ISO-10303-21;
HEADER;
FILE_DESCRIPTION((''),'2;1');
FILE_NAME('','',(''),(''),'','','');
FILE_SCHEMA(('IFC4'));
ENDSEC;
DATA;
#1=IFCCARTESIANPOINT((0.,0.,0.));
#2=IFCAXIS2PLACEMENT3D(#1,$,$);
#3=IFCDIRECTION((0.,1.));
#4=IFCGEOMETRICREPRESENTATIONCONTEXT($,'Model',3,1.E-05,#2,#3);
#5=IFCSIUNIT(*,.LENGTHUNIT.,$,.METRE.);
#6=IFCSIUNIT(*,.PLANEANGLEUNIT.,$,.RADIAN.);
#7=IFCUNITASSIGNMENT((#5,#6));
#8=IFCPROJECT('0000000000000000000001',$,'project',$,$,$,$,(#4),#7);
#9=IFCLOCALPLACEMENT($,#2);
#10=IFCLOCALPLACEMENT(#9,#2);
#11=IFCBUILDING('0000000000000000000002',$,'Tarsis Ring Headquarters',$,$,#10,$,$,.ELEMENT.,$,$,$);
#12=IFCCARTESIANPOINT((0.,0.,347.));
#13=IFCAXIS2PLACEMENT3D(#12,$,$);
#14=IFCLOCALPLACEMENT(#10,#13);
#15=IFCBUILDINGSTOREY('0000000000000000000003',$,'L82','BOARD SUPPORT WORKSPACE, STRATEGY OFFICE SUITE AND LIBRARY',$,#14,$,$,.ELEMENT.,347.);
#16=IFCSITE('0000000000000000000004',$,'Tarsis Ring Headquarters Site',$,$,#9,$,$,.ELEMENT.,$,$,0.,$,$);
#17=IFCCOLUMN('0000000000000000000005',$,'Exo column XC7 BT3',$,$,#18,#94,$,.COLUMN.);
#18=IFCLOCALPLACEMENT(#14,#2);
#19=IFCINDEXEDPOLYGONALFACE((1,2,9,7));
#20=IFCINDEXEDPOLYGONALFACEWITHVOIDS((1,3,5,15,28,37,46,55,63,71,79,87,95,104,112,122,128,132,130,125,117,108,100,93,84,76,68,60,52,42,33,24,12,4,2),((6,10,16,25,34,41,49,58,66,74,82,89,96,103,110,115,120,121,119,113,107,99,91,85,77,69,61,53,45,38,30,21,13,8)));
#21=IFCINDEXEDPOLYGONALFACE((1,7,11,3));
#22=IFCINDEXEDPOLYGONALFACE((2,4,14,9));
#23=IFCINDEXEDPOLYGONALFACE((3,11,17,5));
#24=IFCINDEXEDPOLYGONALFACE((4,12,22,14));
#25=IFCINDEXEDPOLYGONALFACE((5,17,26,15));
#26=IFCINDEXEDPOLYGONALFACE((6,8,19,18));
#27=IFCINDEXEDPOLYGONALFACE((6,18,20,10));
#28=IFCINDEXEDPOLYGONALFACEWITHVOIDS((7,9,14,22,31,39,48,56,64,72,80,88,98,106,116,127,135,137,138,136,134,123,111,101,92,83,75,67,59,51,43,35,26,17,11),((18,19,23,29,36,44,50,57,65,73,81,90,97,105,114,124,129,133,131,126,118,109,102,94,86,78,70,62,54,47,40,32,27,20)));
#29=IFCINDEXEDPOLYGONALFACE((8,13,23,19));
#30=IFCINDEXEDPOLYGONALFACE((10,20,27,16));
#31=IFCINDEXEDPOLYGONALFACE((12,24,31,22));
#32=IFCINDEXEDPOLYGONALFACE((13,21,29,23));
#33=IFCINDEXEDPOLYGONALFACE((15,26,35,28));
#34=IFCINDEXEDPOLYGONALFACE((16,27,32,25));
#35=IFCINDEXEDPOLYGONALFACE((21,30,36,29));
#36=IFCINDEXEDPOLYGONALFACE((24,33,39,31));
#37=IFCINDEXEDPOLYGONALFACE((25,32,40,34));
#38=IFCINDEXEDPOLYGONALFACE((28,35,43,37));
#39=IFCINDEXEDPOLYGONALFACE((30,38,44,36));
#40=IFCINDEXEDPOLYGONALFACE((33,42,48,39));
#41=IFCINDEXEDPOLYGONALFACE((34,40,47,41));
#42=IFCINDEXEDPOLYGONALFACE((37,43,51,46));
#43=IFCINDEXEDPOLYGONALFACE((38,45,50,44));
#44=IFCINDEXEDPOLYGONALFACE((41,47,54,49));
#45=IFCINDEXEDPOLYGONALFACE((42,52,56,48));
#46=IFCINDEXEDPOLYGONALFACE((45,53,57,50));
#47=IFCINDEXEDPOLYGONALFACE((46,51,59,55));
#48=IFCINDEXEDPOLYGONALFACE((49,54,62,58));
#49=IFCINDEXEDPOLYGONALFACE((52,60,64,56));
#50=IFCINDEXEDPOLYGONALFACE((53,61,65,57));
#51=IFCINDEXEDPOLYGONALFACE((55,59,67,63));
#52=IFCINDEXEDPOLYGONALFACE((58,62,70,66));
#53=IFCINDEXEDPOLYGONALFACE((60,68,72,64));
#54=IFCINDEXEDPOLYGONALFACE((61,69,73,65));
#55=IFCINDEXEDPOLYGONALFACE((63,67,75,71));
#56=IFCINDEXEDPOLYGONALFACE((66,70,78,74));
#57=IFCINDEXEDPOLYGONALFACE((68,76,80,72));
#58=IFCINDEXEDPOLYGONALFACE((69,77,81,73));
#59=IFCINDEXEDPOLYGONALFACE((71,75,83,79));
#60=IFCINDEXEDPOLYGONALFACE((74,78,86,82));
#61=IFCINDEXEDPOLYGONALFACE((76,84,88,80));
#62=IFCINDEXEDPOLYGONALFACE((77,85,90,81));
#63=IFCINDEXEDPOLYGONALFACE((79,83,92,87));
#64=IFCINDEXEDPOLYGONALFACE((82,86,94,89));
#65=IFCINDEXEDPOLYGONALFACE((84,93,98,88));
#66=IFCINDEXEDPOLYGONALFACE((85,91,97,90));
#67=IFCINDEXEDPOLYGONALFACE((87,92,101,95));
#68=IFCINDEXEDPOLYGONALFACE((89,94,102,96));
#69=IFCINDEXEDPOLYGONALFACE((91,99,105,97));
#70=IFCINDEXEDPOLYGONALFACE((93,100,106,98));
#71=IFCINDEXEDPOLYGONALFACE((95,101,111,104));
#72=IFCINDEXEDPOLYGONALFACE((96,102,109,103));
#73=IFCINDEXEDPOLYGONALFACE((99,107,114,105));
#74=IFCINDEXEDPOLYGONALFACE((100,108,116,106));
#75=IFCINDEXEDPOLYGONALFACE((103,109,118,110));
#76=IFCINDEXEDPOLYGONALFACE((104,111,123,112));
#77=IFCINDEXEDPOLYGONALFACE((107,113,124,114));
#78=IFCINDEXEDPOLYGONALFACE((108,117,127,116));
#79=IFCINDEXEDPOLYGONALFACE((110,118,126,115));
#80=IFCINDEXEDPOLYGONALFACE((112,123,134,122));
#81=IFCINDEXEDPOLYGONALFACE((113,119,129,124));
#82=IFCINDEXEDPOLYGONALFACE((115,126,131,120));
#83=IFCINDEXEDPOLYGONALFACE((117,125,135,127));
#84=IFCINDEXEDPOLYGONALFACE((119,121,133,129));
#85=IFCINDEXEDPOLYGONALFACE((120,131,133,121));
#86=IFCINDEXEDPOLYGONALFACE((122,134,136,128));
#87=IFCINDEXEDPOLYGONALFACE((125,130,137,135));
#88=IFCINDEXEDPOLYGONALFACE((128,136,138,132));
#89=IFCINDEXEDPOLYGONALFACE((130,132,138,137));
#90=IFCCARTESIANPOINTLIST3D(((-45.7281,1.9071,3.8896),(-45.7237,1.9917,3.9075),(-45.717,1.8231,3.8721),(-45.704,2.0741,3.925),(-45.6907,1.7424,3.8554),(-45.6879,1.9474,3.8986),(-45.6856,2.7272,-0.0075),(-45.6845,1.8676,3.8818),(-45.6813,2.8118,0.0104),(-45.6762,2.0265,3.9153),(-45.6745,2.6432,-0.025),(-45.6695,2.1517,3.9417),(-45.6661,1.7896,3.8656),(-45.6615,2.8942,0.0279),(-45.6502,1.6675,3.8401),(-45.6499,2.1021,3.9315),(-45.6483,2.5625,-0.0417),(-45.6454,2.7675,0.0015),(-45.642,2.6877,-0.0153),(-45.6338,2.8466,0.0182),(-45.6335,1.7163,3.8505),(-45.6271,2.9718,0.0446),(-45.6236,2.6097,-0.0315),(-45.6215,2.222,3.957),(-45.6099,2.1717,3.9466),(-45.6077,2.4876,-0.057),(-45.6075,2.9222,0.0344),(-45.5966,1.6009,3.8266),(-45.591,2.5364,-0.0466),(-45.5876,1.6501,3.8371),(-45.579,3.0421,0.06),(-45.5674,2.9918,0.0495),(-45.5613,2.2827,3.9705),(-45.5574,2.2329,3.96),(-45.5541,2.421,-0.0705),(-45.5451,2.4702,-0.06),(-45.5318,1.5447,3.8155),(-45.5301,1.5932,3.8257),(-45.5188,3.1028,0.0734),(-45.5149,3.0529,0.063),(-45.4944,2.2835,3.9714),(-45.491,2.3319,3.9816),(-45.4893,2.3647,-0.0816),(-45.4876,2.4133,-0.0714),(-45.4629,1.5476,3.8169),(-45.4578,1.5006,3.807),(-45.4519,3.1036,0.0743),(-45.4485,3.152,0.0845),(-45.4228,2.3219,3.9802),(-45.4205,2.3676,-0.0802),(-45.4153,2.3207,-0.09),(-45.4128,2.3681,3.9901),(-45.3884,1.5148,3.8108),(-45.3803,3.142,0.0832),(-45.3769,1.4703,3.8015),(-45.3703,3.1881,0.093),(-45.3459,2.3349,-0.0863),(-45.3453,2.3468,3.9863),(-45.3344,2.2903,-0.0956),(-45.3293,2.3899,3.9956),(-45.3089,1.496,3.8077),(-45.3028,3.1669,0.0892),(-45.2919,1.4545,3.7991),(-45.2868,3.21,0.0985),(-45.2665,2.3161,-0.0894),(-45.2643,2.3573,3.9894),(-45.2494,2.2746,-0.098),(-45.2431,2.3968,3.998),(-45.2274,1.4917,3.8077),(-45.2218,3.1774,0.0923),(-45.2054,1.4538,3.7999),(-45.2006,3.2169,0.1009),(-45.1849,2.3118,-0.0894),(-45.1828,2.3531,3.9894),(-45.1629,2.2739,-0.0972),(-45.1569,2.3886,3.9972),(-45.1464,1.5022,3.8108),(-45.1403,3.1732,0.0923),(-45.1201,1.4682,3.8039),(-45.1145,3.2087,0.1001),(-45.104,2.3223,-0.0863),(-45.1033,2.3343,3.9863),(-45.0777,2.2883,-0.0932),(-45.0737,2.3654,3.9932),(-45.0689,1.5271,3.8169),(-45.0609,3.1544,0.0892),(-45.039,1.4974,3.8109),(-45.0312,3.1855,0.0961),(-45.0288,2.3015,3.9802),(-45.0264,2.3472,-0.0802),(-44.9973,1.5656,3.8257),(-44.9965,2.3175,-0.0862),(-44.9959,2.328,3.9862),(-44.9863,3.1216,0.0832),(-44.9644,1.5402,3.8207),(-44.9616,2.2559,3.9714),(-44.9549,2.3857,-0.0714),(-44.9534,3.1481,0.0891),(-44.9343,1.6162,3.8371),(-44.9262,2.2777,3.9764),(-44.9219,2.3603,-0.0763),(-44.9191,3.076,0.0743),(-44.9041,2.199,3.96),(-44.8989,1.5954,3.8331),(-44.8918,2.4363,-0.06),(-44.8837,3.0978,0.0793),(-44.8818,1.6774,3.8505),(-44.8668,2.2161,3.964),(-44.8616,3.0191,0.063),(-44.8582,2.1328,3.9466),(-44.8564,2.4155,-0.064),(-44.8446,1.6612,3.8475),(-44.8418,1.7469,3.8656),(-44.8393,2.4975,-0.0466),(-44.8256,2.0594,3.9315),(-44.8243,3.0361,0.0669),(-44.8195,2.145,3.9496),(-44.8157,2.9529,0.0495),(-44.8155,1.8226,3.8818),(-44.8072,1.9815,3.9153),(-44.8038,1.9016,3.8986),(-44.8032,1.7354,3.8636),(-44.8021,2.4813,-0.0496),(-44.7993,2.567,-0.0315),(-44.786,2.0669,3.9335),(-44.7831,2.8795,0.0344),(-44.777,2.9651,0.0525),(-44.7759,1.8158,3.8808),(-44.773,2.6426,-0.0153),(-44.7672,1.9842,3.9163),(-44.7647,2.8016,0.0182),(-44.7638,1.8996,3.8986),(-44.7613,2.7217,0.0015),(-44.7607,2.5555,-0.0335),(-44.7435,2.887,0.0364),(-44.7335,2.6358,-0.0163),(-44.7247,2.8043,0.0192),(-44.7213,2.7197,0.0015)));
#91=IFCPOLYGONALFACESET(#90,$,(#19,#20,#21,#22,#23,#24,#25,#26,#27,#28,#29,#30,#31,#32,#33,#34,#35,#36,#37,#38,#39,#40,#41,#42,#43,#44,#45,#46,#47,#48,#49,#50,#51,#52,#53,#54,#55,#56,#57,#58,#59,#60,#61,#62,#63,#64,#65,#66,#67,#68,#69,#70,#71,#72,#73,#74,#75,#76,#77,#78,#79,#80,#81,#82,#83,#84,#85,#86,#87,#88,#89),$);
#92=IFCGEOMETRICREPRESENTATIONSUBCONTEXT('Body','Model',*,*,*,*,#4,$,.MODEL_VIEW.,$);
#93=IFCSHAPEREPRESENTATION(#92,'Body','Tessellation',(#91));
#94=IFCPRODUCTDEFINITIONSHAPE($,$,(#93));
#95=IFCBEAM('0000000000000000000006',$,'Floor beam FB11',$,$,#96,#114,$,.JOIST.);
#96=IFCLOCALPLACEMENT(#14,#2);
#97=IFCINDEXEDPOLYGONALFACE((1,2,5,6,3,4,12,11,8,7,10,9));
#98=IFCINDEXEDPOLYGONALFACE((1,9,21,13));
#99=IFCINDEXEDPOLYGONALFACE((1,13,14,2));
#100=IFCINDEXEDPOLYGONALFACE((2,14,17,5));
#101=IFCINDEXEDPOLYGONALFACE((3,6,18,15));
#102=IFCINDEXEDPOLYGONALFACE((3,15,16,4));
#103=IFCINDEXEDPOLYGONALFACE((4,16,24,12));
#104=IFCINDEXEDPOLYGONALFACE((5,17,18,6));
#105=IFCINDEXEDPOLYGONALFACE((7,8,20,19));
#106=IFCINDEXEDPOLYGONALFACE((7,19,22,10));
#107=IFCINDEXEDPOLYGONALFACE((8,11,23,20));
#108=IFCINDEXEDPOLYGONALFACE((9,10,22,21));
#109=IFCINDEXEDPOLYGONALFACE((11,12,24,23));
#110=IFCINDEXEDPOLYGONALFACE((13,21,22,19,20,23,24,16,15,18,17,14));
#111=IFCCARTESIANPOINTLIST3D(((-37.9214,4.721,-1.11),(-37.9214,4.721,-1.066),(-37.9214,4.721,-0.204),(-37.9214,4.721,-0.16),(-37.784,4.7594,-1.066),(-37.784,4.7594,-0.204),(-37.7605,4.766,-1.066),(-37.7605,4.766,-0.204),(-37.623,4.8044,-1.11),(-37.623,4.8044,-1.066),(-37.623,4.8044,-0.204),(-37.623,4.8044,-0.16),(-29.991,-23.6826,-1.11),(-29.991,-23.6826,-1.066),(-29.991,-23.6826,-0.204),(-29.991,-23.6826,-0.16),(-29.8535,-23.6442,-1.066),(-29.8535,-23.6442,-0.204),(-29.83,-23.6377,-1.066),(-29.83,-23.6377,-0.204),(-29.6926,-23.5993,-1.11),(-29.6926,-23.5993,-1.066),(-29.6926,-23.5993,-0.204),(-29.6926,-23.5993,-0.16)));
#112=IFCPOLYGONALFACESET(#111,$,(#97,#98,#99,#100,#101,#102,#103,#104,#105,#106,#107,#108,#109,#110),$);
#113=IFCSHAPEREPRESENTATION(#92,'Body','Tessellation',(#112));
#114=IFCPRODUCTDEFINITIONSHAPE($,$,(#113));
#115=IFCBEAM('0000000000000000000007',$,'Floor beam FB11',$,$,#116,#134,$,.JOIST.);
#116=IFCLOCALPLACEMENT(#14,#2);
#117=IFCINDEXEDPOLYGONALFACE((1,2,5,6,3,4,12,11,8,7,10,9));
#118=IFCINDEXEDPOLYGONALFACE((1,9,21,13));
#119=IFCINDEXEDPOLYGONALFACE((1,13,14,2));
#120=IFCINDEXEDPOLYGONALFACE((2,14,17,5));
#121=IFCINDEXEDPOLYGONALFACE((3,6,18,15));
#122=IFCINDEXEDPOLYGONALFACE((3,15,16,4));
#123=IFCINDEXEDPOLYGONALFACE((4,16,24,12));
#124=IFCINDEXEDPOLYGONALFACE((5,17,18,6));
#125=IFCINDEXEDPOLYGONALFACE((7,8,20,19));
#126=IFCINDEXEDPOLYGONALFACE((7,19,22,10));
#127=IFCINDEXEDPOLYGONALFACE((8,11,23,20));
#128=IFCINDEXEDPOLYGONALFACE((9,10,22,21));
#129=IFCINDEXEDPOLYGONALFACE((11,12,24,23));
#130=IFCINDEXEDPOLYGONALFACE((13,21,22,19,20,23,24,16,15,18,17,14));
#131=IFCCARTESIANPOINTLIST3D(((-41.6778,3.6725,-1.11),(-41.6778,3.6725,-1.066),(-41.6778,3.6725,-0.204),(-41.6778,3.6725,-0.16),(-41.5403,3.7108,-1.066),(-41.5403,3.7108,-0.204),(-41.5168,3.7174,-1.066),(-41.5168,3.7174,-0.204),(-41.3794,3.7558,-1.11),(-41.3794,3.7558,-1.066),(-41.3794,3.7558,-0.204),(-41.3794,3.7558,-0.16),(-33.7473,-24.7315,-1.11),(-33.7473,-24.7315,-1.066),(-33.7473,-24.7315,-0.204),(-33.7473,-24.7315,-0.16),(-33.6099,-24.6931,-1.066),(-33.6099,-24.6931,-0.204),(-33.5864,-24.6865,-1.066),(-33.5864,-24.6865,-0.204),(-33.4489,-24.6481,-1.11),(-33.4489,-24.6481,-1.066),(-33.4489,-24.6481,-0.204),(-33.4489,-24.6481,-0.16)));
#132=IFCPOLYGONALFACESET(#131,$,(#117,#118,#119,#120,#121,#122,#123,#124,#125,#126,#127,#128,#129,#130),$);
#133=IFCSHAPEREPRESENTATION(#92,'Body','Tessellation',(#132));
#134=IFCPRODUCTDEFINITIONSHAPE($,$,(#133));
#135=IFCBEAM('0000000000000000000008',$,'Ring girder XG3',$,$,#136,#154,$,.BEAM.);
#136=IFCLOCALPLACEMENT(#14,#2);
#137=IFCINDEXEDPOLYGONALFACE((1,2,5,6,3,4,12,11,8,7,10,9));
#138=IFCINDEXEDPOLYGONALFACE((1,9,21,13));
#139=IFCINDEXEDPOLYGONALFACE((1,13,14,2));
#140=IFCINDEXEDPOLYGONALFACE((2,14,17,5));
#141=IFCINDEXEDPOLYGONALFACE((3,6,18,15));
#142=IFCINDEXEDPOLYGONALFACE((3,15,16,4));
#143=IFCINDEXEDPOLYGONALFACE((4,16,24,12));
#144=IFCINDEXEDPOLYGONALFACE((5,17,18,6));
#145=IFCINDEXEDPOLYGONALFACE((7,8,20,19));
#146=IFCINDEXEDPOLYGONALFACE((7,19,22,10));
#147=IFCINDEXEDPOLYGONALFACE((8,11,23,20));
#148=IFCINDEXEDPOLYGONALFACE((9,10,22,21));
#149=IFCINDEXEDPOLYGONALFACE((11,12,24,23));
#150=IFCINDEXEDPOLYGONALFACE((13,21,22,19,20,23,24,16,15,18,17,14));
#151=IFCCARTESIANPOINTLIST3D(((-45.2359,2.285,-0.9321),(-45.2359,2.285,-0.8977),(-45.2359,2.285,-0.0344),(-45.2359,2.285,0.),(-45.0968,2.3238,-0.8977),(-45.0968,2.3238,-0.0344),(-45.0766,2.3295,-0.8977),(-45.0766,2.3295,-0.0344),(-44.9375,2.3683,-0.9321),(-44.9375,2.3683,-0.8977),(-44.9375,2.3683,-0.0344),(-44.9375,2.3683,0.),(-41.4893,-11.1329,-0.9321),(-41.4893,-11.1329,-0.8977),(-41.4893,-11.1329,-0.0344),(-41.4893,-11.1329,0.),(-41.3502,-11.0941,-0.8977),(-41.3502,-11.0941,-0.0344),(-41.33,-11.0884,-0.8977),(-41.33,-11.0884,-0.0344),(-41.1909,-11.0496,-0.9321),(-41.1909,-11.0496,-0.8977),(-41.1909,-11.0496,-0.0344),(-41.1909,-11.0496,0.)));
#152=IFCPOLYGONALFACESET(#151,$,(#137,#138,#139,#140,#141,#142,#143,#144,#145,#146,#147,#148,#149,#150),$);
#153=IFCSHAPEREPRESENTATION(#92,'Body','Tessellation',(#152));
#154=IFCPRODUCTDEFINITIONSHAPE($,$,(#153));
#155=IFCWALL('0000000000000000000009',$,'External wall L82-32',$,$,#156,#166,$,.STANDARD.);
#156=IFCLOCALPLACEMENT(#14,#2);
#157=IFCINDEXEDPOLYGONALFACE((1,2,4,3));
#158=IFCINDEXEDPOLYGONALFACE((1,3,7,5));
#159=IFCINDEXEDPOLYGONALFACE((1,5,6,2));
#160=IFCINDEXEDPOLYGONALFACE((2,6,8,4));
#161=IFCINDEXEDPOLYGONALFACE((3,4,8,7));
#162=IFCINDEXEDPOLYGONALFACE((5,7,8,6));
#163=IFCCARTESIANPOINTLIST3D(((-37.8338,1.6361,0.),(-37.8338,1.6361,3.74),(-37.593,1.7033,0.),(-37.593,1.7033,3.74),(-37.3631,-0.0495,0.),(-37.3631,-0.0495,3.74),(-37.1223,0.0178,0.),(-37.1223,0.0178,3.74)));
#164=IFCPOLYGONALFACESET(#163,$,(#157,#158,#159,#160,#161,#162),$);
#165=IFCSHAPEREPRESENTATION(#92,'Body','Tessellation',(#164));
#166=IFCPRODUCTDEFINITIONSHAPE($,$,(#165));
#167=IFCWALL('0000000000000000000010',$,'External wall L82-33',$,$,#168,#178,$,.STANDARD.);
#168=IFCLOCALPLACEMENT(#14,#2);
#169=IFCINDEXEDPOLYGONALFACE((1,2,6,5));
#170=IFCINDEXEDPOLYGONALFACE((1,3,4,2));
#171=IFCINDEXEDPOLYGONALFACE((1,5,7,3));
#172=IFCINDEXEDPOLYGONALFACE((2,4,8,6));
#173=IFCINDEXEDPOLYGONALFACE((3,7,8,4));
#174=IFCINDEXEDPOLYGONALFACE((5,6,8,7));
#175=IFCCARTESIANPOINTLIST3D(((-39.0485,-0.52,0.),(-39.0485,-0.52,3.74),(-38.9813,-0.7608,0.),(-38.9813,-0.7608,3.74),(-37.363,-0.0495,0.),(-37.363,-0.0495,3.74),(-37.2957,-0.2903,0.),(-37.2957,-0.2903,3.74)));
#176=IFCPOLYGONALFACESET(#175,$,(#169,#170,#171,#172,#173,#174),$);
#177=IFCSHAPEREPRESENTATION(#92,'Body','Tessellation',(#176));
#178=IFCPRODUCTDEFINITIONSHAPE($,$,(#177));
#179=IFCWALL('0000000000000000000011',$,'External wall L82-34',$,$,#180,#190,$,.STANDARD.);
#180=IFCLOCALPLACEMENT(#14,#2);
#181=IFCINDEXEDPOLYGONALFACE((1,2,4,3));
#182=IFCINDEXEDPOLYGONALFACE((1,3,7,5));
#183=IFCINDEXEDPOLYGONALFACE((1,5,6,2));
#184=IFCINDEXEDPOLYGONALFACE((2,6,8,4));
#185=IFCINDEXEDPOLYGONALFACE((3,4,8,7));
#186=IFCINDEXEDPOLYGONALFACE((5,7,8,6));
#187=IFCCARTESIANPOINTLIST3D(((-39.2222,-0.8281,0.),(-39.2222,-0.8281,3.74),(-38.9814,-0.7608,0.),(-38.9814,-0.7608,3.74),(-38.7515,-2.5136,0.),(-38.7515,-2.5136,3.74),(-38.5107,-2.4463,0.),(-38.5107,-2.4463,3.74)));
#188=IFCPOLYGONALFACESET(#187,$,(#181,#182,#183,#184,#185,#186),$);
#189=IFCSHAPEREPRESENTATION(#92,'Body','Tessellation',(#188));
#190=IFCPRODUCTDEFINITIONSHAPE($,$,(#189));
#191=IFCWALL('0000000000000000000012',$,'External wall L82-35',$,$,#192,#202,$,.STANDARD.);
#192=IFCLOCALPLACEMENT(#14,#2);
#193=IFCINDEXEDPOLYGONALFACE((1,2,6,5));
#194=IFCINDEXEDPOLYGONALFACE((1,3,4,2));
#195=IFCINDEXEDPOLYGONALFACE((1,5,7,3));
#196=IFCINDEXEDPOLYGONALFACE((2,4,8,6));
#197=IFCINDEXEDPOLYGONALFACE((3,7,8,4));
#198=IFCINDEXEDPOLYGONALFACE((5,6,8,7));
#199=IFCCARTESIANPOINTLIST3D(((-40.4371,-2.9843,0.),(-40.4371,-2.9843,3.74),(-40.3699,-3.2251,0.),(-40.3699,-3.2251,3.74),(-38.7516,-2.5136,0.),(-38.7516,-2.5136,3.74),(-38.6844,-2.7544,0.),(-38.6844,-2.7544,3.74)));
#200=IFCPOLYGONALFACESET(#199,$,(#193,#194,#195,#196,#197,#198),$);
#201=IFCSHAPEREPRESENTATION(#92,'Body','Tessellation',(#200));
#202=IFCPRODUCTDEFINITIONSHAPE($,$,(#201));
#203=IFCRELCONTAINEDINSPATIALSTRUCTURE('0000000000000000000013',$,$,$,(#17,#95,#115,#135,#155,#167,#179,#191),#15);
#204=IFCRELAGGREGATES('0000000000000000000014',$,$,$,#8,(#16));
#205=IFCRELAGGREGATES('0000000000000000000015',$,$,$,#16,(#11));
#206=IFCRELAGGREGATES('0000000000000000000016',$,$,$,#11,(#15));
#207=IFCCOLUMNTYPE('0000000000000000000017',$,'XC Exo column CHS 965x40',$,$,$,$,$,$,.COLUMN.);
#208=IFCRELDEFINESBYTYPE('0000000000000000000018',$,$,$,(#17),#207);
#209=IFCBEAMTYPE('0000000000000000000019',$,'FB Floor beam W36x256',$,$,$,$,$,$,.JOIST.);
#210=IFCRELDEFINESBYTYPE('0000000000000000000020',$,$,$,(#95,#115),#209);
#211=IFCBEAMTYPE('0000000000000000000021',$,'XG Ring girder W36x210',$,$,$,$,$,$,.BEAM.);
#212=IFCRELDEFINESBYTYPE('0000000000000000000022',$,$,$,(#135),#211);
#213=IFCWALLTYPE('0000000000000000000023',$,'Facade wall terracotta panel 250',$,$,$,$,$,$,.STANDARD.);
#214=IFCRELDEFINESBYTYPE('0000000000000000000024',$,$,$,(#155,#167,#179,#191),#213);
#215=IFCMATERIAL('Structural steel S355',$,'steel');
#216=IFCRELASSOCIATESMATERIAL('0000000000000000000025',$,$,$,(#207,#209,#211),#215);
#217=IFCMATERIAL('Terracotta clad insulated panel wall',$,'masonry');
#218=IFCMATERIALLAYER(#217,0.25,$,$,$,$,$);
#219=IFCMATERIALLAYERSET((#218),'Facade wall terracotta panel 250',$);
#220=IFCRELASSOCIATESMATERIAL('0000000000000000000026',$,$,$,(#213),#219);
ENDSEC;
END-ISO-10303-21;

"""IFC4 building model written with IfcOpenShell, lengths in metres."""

from ifc_helpers import new_model, si_unit, direction, frame, frame_2d, origin, origin_2d, place, context, subcontext, project, spatial, rectangle, hollow_circle, i_section, extrude, material, layer, layer_set, material_profile, profile_set, type_object, element, save


model = new_model("IFC4")

# Units and contexts
model_context = context("Model", 3, precision=1e-05, world=origin(), true_north=direction((0.0, 1.0)))
body_context = subcontext(model_context, "Body", "Model", "MODEL_VIEW")
ifc_project = project(units=[si_unit("LENGTHUNIT", "METRE"), si_unit("PLANEANGLEUNIT", "RADIAN")], contexts=[model_context])

# Site, building, storey
site_placement = place(None, origin())
site = spatial("IfcSite", under=ifc_project, at=site_placement, Name="Tarsis Ring Headquarters Site", CompositionType="ELEMENT", RefElevation=0.0)
building_placement = place(site_placement, origin())
building = spatial("IfcBuilding", under=site, at=building_placement, Name="Tarsis Ring Headquarters", CompositionType="ELEMENT")
storey_placement = place(building_placement, frame((0.0, 0.0, 347.0)))
storey = spatial("IfcBuildingStorey", under=building, at=storey_placement, Name="L82", Description="BOARD SUPPORT WORKSPACE, STRATEGY OFFICE SUITE AND LIBRARY", CompositionType="ELEMENT", Elevation=347.0)

# Column
ifc_material_1 = material(Name="Structural steel S355", Category="steel")
ifc_material_profile_1 = material_profile(ifc_material_1, hollow_circle(Radius=0.4827, WallThickness=0.04, at=origin_2d()), Name="CHS 965x40")
ifc_profile_set_1 = profile_set([ifc_material_profile_1], Name="Structural steel S355")
column_type = type_object("IfcColumnType", Name="XC Exo column CHS 965x40", PredefinedType="COLUMN", material=ifc_profile_set_1)
column_placement = place(storey_placement, frame((-45.2034, 2.7446, 0.0015), z_axis=(-0.010667, -0.205915, 0.978512), x_axis=(0.998661, -0.051732, 0.0)))
element("IfcColumn", 1, at=column_placement, inside=storey, type_object=column_type, Name="Exo column XC7 BT3", PredefinedType="COLUMN", context=body_context, shape_type="SweptSolid", body=[
    extrude(hollow_circle(Radius=0.4827, WallThickness=0.04, at=origin_2d()), origin(), (0.0, 0.0, 1.0), 3.9827),
])

# Beams
ifc_material_profile_2 = material_profile(ifc_material_1, i_section(OverallWidth=0.3098, OverallDepth=0.95, WebThickness=0.0244, FlangeThickness=0.0439, at=origin_2d()), Name="W36x256")
ifc_profile_set_2 = profile_set([ifc_material_profile_2], Name="Structural steel S355")
beam_type_1 = type_object("IfcBeamType", Name="FB Floor beam W36x256", PredefinedType="JOIST", material=ifc_profile_set_2)
beam_1_placement = place(storey_placement, frame((-37.7722, 4.7627, -0.635), z_axis=(0.26892, -0.963163, 0.0), x_axis=(0.963163, 0.26892, 0.0)))
element("IfcBeam", 2, at=beam_1_placement, inside=storey, type_object=beam_type_1, Name="Floor beam FB11", PredefinedType="JOIST", context=body_context, shape_type="SweptSolid", body=[
    extrude(i_section(OverallWidth=0.3098, OverallDepth=0.95, WebThickness=0.0244, FlangeThickness=0.0439, at=origin_2d()), origin(), (0.0, 0.0, 1.0), 29.49),
])
beam_2_placement = place(storey_placement, frame((-41.5286, 3.7141, -0.635), z_axis=(0.268918, -0.963163, 0.0), x_axis=(0.963163, 0.268918, 0.0)))
element("IfcBeam", 3, at=beam_2_placement, inside=storey, type_object=beam_type_1, Name="Floor beam FB11", PredefinedType="JOIST", context=body_context, shape_type="SweptSolid", body=[
    extrude(i_section(OverallWidth=0.3098, OverallDepth=0.95, WebThickness=0.0244, FlangeThickness=0.0439, at=origin_2d()), origin(), (0.0, 0.0, 1.0), 29.4902),
])
ifc_material_profile_3 = material_profile(ifc_material_1, i_section(OverallWidth=0.3098, OverallDepth=0.9321, WebThickness=0.021, FlangeThickness=0.0344, at=origin_2d()), Name="W36x210")
ifc_profile_set_3 = profile_set([ifc_material_profile_3], Name="Structural steel S355")
beam_type_2 = type_object("IfcBeamType", Name="XG Ring girder W36x210", PredefinedType="BEAM", material=ifc_profile_set_3)
beam_3_placement = place(storey_placement, frame((-45.0867, 2.3267, -0.4661), z_axis=(0.268934, -0.963159, 0.0), x_axis=(0.963159, 0.268934, 0.0)))
element("IfcBeam", 4, at=beam_3_placement, inside=storey, type_object=beam_type_2, Name="Ring girder XG3", PredefinedType="BEAM", context=body_context, shape_type="SweptSolid", body=[
    extrude(i_section(OverallWidth=0.3098, OverallDepth=0.9321, WebThickness=0.021, FlangeThickness=0.0344, at=origin_2d()), origin(), (0.0, 0.0, 1.0), 13.9312),
])

# Walls
ifc_material_2 = material(Name="Terracotta clad insulated panel wall", Category="masonry")
ifc_layer = layer(ifc_material_2, 0.25)
ifc_layer_set = layer_set([ifc_layer], Name="Facade wall terracotta panel 250")
wall_type = type_object("IfcWallType", Name="Facade wall terracotta panel 250", PredefinedType="STANDARD", material=ifc_layer_set)
for number, where, z_axis, x_axis, name in (
    (5, (-37.7134, 1.6697, 0.0), (0.0, 0.0, 1.0), (0.268968, -0.963149, 0.0), "External wall L82-32"),
    (6, (-37.3293, -0.1699, 0.0), (0.0, 0.0, 1.0), (-0.963185, -0.268838, 0.0), "External wall L82-33"),
    (7, (-39.1018, -0.7944, 0.0), (0.0, 0.0, 1.0), (0.268968, -0.963149, 0.0), "External wall L82-34"),
    (8, (-38.718, -2.634, 0.0), (0.0, 0.0, 1.0), (-0.963149, -0.268968, 0.0), "External wall L82-35"),
):
    element("IfcWall", number, at=place(storey_placement, frame(where, z_axis=z_axis, x_axis=x_axis)), inside=storey, type_object=wall_type, Name=name, PredefinedType="STANDARD", context=body_context, shape_type="SweptSolid", body=[
        extrude(rectangle(XDim=1.75, YDim=0.25, at=frame_2d((0.875, 0.0))), origin(), (0.0, 0.0, 1.0), 3.74),
    ])

save(model, "model.ifc")
